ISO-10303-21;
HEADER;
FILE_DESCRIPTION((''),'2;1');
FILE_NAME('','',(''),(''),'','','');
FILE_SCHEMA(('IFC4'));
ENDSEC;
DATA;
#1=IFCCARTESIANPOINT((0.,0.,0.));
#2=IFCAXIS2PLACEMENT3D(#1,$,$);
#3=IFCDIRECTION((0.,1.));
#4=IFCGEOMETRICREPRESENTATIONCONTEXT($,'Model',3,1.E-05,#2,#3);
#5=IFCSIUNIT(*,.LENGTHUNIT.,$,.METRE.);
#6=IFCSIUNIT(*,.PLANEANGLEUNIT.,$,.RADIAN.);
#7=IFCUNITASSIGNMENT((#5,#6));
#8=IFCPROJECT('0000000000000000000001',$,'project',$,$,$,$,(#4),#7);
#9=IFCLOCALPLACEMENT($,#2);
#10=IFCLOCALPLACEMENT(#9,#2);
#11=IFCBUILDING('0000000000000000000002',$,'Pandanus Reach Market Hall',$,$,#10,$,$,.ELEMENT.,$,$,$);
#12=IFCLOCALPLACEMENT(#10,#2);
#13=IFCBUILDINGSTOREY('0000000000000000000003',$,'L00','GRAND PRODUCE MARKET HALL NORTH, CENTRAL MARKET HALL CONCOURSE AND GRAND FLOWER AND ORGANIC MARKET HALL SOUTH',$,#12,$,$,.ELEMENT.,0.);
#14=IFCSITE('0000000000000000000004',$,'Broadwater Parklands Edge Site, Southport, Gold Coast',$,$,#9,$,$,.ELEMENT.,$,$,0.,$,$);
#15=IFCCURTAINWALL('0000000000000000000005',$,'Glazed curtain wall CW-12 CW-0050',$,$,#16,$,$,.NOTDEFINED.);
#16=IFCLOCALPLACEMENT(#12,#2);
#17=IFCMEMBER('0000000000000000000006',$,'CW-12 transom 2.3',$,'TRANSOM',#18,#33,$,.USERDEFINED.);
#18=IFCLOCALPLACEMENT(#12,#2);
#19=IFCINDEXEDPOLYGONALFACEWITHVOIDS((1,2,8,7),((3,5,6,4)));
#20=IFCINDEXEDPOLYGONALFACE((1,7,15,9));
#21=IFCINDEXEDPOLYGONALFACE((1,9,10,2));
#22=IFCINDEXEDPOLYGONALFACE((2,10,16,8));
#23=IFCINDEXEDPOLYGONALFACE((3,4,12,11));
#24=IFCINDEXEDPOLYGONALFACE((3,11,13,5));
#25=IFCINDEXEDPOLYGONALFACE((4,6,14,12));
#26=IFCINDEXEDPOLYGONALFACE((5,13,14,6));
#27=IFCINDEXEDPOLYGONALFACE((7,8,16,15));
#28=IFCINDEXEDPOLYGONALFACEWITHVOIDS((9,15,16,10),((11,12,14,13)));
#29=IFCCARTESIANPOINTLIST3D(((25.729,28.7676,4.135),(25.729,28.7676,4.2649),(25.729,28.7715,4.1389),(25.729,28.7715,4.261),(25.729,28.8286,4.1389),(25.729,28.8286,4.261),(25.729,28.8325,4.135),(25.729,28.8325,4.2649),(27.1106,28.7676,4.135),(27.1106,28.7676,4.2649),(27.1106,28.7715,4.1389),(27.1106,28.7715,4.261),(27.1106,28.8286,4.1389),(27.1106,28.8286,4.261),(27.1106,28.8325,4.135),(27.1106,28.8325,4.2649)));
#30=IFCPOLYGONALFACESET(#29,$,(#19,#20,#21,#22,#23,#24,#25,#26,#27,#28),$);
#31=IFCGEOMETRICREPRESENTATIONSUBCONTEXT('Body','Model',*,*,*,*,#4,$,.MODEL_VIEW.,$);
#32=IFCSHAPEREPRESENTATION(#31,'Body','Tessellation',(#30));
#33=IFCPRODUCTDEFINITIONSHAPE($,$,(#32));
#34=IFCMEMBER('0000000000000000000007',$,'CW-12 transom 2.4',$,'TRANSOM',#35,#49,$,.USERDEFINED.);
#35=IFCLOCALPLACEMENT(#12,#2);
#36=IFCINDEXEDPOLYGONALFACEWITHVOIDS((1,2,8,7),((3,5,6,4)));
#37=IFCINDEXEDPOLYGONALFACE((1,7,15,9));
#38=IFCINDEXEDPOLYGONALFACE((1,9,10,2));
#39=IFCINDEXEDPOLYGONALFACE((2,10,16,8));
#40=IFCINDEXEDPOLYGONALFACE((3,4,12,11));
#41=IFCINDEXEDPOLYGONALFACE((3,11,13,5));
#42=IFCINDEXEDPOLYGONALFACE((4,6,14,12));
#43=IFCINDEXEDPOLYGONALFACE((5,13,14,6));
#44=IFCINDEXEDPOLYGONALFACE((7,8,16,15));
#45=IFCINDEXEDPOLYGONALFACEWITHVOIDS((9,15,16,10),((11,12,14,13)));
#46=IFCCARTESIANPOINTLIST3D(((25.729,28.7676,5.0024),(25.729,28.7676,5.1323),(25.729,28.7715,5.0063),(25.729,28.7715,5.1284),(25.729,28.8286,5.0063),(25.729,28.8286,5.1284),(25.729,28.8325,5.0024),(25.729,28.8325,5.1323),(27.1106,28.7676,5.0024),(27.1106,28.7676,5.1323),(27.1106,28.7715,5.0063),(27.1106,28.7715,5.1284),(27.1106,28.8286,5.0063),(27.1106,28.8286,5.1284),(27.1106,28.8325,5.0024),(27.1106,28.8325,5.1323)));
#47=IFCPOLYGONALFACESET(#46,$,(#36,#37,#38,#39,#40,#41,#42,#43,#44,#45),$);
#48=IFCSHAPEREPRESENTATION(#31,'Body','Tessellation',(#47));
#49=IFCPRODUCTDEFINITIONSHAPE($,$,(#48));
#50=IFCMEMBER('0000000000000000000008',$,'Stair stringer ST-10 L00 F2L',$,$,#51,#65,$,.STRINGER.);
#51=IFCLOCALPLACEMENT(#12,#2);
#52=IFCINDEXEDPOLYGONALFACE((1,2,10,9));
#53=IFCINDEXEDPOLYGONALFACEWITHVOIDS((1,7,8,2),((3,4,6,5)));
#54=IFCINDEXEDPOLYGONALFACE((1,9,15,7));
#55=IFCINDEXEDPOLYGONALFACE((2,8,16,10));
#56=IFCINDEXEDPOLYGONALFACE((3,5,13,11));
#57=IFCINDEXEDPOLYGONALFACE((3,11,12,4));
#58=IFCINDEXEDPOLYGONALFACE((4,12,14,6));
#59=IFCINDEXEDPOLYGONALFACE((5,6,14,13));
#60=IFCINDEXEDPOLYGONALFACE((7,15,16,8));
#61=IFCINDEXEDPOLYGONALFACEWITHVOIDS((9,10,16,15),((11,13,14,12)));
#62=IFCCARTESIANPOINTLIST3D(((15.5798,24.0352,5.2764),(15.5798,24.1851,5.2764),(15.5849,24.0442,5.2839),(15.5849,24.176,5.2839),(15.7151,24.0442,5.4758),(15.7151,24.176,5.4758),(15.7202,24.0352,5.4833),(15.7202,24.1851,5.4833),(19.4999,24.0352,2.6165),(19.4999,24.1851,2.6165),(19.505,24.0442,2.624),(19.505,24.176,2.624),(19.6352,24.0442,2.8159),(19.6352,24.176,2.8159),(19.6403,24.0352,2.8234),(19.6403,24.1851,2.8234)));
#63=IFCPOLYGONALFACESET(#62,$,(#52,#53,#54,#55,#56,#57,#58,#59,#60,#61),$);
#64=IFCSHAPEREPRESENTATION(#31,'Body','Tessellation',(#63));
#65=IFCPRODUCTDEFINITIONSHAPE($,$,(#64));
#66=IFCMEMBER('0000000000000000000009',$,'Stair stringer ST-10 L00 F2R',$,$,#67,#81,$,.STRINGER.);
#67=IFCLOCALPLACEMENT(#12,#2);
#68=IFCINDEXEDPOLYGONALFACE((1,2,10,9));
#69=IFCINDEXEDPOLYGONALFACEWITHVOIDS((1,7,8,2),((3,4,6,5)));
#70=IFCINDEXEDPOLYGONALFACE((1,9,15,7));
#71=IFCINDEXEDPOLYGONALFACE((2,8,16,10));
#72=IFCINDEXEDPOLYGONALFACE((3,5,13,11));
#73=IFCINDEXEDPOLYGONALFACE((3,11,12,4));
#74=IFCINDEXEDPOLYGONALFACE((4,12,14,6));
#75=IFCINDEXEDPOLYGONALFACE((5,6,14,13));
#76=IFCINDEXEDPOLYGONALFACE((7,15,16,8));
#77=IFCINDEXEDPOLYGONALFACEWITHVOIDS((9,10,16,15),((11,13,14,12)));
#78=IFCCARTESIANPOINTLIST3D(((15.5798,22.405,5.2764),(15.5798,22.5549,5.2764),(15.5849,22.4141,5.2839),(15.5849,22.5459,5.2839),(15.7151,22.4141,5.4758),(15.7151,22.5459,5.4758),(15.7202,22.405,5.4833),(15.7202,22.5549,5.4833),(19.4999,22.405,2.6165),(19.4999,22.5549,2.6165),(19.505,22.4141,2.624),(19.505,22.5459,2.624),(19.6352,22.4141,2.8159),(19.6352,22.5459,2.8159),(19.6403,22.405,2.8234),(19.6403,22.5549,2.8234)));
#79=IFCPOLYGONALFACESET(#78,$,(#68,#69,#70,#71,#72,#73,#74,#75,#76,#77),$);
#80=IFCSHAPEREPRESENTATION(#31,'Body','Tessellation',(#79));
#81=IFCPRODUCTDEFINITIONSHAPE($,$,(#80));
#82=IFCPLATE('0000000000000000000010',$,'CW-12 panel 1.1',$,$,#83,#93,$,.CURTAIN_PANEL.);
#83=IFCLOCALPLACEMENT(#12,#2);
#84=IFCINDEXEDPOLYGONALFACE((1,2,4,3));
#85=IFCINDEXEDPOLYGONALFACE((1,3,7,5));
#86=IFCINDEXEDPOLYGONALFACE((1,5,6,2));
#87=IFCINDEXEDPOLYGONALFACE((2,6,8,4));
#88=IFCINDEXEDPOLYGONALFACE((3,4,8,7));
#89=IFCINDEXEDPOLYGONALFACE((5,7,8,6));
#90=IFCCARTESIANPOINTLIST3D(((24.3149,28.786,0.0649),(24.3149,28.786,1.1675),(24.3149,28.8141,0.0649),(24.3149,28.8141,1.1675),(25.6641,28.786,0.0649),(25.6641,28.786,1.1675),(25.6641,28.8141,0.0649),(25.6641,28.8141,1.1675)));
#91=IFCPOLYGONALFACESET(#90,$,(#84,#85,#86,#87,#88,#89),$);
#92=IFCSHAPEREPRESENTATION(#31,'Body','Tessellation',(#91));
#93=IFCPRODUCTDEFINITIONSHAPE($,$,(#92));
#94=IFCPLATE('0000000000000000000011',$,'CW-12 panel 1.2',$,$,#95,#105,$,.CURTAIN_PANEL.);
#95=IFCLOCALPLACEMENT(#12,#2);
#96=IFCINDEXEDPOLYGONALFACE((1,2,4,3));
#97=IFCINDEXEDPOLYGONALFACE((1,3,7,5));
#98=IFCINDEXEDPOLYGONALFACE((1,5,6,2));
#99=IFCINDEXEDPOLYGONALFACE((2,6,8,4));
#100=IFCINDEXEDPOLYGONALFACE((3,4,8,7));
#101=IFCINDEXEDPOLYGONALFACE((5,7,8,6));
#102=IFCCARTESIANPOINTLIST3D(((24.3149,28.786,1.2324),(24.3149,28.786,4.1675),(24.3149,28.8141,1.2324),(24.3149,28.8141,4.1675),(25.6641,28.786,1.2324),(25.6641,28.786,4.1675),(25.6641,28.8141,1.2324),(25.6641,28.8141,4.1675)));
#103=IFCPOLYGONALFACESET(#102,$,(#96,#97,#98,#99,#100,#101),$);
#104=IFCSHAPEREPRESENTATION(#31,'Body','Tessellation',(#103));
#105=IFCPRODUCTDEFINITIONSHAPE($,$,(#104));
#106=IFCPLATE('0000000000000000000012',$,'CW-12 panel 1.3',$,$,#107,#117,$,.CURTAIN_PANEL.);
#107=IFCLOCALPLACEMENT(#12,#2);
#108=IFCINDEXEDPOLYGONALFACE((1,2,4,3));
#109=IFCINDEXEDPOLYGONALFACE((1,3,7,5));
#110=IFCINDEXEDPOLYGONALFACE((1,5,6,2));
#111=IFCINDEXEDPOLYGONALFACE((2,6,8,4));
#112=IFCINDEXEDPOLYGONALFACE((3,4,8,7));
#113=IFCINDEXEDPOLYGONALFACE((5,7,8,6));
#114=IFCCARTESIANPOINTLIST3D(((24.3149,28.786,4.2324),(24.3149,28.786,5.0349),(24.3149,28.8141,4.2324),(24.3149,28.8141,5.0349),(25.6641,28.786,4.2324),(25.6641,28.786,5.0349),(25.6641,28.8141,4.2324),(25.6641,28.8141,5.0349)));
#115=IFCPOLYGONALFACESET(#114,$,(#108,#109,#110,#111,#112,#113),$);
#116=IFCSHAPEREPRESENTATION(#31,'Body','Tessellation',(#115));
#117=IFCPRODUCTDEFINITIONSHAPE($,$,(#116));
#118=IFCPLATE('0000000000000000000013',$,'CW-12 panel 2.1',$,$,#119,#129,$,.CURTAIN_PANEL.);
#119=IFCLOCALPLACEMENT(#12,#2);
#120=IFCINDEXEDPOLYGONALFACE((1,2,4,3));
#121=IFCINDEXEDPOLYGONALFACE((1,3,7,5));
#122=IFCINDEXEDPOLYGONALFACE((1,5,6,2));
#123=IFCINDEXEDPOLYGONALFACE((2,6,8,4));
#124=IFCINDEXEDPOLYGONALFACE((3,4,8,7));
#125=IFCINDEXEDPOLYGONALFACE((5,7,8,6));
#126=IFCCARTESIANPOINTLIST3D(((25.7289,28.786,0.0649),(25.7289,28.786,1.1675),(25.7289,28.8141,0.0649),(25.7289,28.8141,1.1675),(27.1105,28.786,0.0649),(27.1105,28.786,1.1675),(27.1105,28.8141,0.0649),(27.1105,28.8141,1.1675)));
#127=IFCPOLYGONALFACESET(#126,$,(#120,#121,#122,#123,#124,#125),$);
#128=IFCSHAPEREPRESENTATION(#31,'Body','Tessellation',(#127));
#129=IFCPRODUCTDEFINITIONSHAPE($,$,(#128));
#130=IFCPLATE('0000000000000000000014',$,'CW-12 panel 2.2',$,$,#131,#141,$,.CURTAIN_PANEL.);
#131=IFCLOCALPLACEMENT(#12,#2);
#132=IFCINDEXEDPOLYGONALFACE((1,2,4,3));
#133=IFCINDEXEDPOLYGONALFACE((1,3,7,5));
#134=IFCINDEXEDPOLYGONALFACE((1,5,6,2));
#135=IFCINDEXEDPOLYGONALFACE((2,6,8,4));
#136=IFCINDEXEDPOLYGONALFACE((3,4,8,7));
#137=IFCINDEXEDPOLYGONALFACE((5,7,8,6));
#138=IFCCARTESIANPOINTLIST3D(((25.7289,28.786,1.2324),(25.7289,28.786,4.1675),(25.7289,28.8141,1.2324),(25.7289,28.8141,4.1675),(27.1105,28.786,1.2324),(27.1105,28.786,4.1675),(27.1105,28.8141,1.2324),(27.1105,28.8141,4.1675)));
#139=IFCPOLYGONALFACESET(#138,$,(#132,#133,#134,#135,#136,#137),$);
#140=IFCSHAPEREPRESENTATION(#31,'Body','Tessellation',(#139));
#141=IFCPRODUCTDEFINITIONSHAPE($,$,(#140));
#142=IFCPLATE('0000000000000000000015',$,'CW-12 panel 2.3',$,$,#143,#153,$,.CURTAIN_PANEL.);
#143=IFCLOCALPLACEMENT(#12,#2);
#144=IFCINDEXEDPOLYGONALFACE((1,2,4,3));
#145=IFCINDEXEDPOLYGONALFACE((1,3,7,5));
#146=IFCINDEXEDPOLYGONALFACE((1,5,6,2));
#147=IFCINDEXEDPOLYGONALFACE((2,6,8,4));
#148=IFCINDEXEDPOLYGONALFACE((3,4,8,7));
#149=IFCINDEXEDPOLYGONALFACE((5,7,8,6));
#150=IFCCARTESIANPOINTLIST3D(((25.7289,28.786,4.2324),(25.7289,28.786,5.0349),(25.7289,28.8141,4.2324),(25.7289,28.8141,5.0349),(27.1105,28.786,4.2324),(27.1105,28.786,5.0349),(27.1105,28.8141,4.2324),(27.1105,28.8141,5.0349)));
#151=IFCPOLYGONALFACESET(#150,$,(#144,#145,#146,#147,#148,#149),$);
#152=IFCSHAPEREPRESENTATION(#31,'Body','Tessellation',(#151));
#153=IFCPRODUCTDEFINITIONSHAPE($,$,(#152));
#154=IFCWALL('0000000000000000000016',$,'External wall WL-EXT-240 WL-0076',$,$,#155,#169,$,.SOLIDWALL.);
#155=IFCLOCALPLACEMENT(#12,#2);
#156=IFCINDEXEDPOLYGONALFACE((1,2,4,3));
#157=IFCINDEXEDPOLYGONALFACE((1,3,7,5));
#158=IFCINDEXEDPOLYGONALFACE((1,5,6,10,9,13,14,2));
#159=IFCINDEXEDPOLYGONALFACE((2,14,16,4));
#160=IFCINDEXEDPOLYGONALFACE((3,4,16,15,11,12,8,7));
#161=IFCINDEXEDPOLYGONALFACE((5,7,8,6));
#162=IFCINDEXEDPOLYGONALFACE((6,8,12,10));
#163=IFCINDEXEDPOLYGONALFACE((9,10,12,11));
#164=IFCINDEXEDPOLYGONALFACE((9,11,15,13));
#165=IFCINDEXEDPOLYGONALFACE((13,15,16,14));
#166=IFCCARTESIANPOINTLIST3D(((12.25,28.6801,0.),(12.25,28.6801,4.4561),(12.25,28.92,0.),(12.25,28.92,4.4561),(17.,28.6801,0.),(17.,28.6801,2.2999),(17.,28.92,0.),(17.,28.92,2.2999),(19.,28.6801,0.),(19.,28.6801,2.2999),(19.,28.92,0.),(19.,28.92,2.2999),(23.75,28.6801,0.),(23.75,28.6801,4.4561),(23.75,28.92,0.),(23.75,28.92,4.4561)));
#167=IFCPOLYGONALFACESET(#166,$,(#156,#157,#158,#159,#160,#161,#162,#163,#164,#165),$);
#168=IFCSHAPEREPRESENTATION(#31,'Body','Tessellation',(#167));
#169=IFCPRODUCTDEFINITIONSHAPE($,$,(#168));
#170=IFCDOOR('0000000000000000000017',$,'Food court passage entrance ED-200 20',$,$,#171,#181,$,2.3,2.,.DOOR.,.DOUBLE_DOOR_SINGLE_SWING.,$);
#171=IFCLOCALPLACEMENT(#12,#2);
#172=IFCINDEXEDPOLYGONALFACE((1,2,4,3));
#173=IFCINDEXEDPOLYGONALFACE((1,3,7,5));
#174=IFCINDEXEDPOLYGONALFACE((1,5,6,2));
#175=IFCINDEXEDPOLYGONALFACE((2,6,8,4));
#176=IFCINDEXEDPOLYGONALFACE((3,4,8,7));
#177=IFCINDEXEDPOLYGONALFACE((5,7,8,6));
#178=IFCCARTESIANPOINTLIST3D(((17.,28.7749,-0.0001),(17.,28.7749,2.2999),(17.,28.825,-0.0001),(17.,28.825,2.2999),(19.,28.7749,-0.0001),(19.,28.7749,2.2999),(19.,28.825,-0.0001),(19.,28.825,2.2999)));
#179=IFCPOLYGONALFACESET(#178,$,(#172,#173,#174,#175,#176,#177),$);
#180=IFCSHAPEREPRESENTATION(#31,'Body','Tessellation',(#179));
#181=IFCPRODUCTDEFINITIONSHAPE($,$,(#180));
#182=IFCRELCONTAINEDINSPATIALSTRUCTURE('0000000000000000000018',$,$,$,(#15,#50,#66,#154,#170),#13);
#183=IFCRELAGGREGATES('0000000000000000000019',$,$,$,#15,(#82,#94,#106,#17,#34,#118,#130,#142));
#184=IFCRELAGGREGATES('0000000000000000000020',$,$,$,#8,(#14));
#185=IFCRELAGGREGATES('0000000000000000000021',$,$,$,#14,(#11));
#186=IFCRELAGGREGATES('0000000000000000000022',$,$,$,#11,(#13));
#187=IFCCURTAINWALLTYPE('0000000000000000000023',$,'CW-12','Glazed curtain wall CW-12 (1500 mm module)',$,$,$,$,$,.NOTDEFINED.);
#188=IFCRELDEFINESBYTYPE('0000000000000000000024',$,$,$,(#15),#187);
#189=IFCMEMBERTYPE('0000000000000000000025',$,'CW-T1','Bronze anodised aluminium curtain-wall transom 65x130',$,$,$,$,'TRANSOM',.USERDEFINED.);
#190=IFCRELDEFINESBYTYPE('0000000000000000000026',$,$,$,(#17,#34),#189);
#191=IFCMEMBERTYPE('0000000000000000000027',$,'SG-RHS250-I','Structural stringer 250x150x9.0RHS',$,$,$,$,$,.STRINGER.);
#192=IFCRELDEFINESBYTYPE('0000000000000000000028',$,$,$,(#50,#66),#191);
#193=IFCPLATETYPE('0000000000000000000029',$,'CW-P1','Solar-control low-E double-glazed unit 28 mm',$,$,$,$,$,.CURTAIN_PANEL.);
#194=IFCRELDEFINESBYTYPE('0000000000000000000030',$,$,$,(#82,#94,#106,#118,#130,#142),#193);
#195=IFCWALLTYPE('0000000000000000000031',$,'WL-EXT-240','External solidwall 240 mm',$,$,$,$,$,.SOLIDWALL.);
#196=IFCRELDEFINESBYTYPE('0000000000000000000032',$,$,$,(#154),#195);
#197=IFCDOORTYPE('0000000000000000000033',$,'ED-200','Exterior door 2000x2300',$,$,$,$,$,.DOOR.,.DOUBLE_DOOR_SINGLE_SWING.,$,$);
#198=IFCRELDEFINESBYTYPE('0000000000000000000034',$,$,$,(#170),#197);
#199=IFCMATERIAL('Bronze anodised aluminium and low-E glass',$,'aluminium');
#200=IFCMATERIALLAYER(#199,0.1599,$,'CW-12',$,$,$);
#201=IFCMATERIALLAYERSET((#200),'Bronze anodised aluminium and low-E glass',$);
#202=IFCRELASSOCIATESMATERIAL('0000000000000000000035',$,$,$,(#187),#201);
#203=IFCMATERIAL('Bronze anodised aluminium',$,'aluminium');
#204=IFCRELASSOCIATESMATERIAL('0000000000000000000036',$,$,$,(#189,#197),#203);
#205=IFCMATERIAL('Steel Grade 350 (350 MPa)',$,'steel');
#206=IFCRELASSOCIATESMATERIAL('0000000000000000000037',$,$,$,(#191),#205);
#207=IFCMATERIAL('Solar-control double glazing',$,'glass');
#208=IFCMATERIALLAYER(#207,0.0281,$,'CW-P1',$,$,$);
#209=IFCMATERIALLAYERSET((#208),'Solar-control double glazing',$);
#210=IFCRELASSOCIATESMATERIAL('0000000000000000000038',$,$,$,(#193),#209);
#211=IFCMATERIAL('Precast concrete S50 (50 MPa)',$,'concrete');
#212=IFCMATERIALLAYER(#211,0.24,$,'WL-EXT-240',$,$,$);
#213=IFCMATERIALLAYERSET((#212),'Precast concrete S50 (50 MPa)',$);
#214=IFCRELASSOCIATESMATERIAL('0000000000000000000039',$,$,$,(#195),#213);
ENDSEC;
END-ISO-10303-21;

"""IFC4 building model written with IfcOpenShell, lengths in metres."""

from ifc_helpers import new_model, si_unit, direction, frame, frame_2d, origin, origin_2d, place, context, subcontext, project, spatial, rectangle, hollow_rectangle, extrude, material, layer, layer_set, material_profile, profile_set, type_object, element, fill, aggregate, save


model = new_model("IFC4")

# Units and contexts
model_context = context("Model", 3, precision=1e-05, world=origin(), true_north=direction((0.0, 1.0)))
body_context = subcontext(model_context, "Body", "Model", "MODEL_VIEW")
ifc_project = project(units=[si_unit("LENGTHUNIT", "METRE"), si_unit("PLANEANGLEUNIT", "RADIAN")], contexts=[model_context])

# Site, building, storey
site_placement = place(None, origin())
site = spatial("IfcSite", under=ifc_project, at=site_placement, Name="Broadwater Parklands Edge Site, Southport, Gold Coast", CompositionType="ELEMENT", RefElevation=0.0)
building_placement = place(site_placement, origin())
building = spatial("IfcBuilding", under=site, at=building_placement, Name="Pandanus Reach Market Hall", CompositionType="ELEMENT")
storey_placement = place(building_placement, origin())
storey = spatial("IfcBuildingStorey", under=building, at=storey_placement, Name="L00", Description="GRAND PRODUCE MARKET HALL NORTH, CENTRAL MARKET HALL CONCOURSE AND GRAND FLOWER AND ORGANIC MARKET HALL SOUTH", CompositionType="ELEMENT", Elevation=0.0)

# Shared definitions
ifc_material_1 = material(Name="Steel Grade 350 (350 MPa)", Category="steel")

# Curtain wall, members
ifc_material_2 = material(Name="Bronze anodised aluminium and low-E glass", Category="aluminium")
ifc_layer_1 = layer(ifc_material_2, 0.1599, Name="CW-12")
ifc_layer_set_1 = layer_set([ifc_layer_1], Name="Bronze anodised aluminium and low-E glass")
curtain_wall_type = type_object("IfcCurtainWallType", Name="CW-12", Description="Glazed curtain wall CW-12 (1500 mm module)", PredefinedType="NOTDEFINED", material=ifc_layer_set_1)
curtain_wall_placement = place(storey_placement, origin())
curtain_wall = element("IfcCurtainWall", 1, at=curtain_wall_placement, inside=storey, type_object=curtain_wall_type, Name="Glazed curtain wall CW-12 CW-0050", PredefinedType="NOTDEFINED")
ifc_material_3 = material(Name="Bronze anodised aluminium", Category="aluminium")
ifc_material_profile_1 = material_profile(ifc_material_3, hollow_rectangle(XDim=0.0649, YDim=0.1299, WallThickness=0.0039, at=origin_2d()), Name="ALU65x130", Category="LoadBearing")
ifc_profile_set_1 = profile_set([ifc_material_profile_1], Name="Bronze anodised aluminium")
member_type_1 = type_object("IfcMemberType", Name="CW-T1", Description="Bronze anodised aluminium curtain-wall transom 65x130", ElementType="TRANSOM", PredefinedType="USERDEFINED", material=ifc_profile_set_1)
member_1_placement = place(storey_placement, frame((25.729, 28.8, 4.2), z_axis=(1.0, 0.0, 0.0), x_axis=(0.0, 1.0, 0.0)))
member_1 = element("IfcMember", 2, at=member_1_placement, type_object=member_type_1, Name="CW-12 transom 2.3", ObjectType="TRANSOM", PredefinedType="USERDEFINED", context=body_context, shape_type="SweptSolid", body=[
    extrude(hollow_rectangle(XDim=0.0649, YDim=0.1299, WallThickness=0.0039, at=origin_2d()), origin(), (0.0, 0.0, 1.0), 1.3816),
])
member_2_placement = place(storey_placement, frame((25.729, 28.8, 5.0674), z_axis=(1.0, 0.0, 0.0), x_axis=(0.0, 1.0, 0.0)))
member_2 = element("IfcMember", 3, at=member_2_placement, type_object=member_type_1, Name="CW-12 transom 2.4", ObjectType="TRANSOM", PredefinedType="USERDEFINED", context=body_context, shape_type="SweptSolid", body=[
    extrude(hollow_rectangle(XDim=0.0649, YDim=0.1299, WallThickness=0.0039, at=origin_2d()), origin(), (0.0, 0.0, 1.0), 1.3816),
])

# Members
ifc_material_profile_2 = material_profile(ifc_material_1, hollow_rectangle(XDim=0.1499, YDim=0.25, WallThickness=0.009, at=origin_2d()), Name="250x150x9.0RHS", Category="LoadBearing")
ifc_profile_set_2 = profile_set([ifc_material_profile_2], Name="Steel Grade 350 (350 MPa)")
member_type_2 = type_object("IfcMemberType", Name="SG-RHS250-I", Description="Structural stringer 250x150x9.0RHS", PredefinedType="STRINGER", material=ifc_profile_set_2)
for number, where, z_axis, x_axis, name in (
    (4, (19.5701, 24.1101, 2.72), (-0.827495, 0.0, 0.561472), (0.0, -1.0, 0.0), "Stair stringer ST-10 L00 F2L"),
    (5, (19.5701, 22.48, 2.72), (-0.827495, 0.0, 0.561472), (0.0, -1.0, 0.0), "Stair stringer ST-10 L00 F2R"),
):
    element("IfcMember", number, at=place(storey_placement, frame(where, z_axis=z_axis, x_axis=x_axis)), inside=storey, type_object=member_type_2, Name=name, PredefinedType="STRINGER", context=body_context, shape_type="SweptSolid", body=[
        extrude(hollow_rectangle(XDim=0.1499, YDim=0.25, WallThickness=0.009, at=origin_2d()), origin(), (0.0, 0.0, 1.0), 4.7373),
    ])

# Plates
ifc_material_4 = material(Name="Solar-control double glazing", Category="glass")
ifc_layer_2 = layer(ifc_material_4, 0.0281, Name="CW-P1")
ifc_layer_set_2 = layer_set([ifc_layer_2], Name="Solar-control double glazing")
plate_type = type_object("IfcPlateType", Name="CW-P1", Description="Solar-control low-E double-glazed unit 28 mm", PredefinedType="CURTAIN_PANEL", material=ifc_layer_set_2)
plate_1_placement = place(storey_placement, frame((24.9895, 28.8, 0.0649), z_axis=(0.0, 0.0, 1.0), x_axis=(1.0, 0.0, 0.0)))
plate_1 = element("IfcPlate", 6, at=plate_1_placement, type_object=plate_type, Name="CW-12 panel 1.1", PredefinedType="CURTAIN_PANEL", context=body_context, shape_type="SweptSolid", body=[
    extrude(rectangle(XDim=1.3491, YDim=0.0281, at=origin_2d()), origin(), (0.0, 0.0, 1.0), 1.1025),
])
plate_2_placement = place(storey_placement, frame((24.9895, 28.8, 1.2324), z_axis=(0.0, 0.0, 1.0), x_axis=(1.0, 0.0, 0.0)))
plate_2 = element("IfcPlate", 7, at=plate_2_placement, type_object=plate_type, Name="CW-12 panel 1.2", PredefinedType="CURTAIN_PANEL", context=body_context, shape_type="SweptSolid", body=[
    extrude(rectangle(XDim=1.3491, YDim=0.0281, at=origin_2d()), origin(), (0.0, 0.0, 1.0), 2.9351),
])
plate_3_placement = place(storey_placement, frame((24.9895, 28.8, 4.2324), z_axis=(0.0, 0.0, 1.0), x_axis=(1.0, 0.0, 0.0)))
plate_3 = element("IfcPlate", 8, at=plate_3_placement, type_object=plate_type, Name="CW-12 panel 1.3", PredefinedType="CURTAIN_PANEL", context=body_context, shape_type="SweptSolid", body=[
    extrude(rectangle(XDim=1.3491, YDim=0.0281, at=origin_2d()), origin(), (0.0, 0.0, 1.0), 0.8025),
])
plate_4_placement = place(storey_placement, frame((26.4197, 28.8, 0.0649), z_axis=(0.0, 0.0, 1.0), x_axis=(1.0, 0.0, 0.0)))
plate_4 = element("IfcPlate", 9, at=plate_4_placement, type_object=plate_type, Name="CW-12 panel 2.1", PredefinedType="CURTAIN_PANEL", context=body_context, shape_type="SweptSolid", body=[
    extrude(rectangle(XDim=1.3816, YDim=0.0281, at=origin_2d()), origin(), (0.0, 0.0, 1.0), 1.1025),
])
plate_5_placement = place(storey_placement, frame((26.4197, 28.8, 1.2324), z_axis=(0.0, 0.0, 1.0), x_axis=(1.0, 0.0, 0.0)))
plate_5 = element("IfcPlate", 10, at=plate_5_placement, type_object=plate_type, Name="CW-12 panel 2.2", PredefinedType="CURTAIN_PANEL", context=body_context, shape_type="SweptSolid", body=[
    extrude(rectangle(XDim=1.3816, YDim=0.0281, at=origin_2d()), origin(), (0.0, 0.0, 1.0), 2.9351),
])
plate_6_placement = place(storey_placement, frame((26.4197, 28.8, 4.2324), z_axis=(0.0, 0.0, 1.0), x_axis=(1.0, 0.0, 0.0)))
plate_6 = element("IfcPlate", 11, at=plate_6_placement, type_object=plate_type, Name="CW-12 panel 2.3", PredefinedType="CURTAIN_PANEL", context=body_context, shape_type="SweptSolid", body=[
    extrude(rectangle(XDim=1.3816, YDim=0.0281, at=origin_2d()), origin(), (0.0, 0.0, 1.0), 0.8025),
])
aggregate(curtain_wall, [plate_1, plate_2, plate_3, member_1, member_2, plate_4, plate_5, plate_6])

# Wall, opening, door
ifc_material_5 = material(Name="Precast concrete S50 (50 MPa)", Category="concrete")
ifc_layer_3 = layer(ifc_material_5, 0.24, Name="WL-EXT-240")
ifc_layer_set_3 = layer_set([ifc_layer_3], Name="Precast concrete S50 (50 MPa)")
wall_type = type_object("IfcWallType", Name="WL-EXT-240", Description="External solidwall 240 mm", PredefinedType="SOLIDWALL", material=ifc_layer_set_3)
wall_placement = place(storey_placement, frame((12.25, 28.8, 0.0), z_axis=(0.0, 0.0, 1.0), x_axis=(1.0, 0.0, 0.0)))
wall = element("IfcWall", 12, at=wall_placement, inside=storey, type_object=wall_type, Name="External wall WL-EXT-240 WL-0076", PredefinedType="SOLIDWALL", context=body_context, shape_type="SweptSolid", body=[
    extrude(rectangle(XDim=11.5, YDim=0.24, at=frame_2d((5.75, 0.0))), origin(), (0.0, 0.0, 1.0), 4.4561),
])
opening_placement = place(wall_placement, frame((4.75, 0.0, 0.0)))
opening = element("IfcOpeningElement", 13, at=opening_placement, cuts=wall, PredefinedType="OPENING", context=body_context, shape_type="SweptSolid", body=[
    extrude(rectangle(XDim=2.0, YDim=2.3, at=frame_2d((1.0, 1.1499))), frame((0.0, 0.135, 0.0), z_axis=(0.0, -1.0, 0.0), x_axis=(1.0, 0.0, 0.0)), (0.0, 0.0, 1.0), 0.27),
])
door_type = type_object("IfcDoorType", Name="ED-200", Description="Exterior door 2000x2300", OperationType="DOUBLE_DOOR_SINGLE_SWING", PredefinedType="DOOR", material=ifc_material_3)
door_placement = place(opening_placement, origin())
door = element("IfcDoor", 14, at=door_placement, inside=storey, type_object=door_type, Name="Food court passage entrance ED-200 20", OperationType="DOUBLE_DOOR_SINGLE_SWING", OverallHeight=2.3, OverallWidth=2.0, PredefinedType="DOOR", context=body_context, shape_type="SweptSolid", body=[
    extrude(rectangle(XDim=2.0, YDim=2.3, at=frame_2d((1.0, 1.1499))), frame((0.0, 0.0249, 0.0), z_axis=(0.0, -1.0, 0.0), x_axis=(1.0, 0.0, 0.0)), (0.0, 0.0, 1.0), 0.05),
])
fill(opening, door)

save(model, "model.ifc")
